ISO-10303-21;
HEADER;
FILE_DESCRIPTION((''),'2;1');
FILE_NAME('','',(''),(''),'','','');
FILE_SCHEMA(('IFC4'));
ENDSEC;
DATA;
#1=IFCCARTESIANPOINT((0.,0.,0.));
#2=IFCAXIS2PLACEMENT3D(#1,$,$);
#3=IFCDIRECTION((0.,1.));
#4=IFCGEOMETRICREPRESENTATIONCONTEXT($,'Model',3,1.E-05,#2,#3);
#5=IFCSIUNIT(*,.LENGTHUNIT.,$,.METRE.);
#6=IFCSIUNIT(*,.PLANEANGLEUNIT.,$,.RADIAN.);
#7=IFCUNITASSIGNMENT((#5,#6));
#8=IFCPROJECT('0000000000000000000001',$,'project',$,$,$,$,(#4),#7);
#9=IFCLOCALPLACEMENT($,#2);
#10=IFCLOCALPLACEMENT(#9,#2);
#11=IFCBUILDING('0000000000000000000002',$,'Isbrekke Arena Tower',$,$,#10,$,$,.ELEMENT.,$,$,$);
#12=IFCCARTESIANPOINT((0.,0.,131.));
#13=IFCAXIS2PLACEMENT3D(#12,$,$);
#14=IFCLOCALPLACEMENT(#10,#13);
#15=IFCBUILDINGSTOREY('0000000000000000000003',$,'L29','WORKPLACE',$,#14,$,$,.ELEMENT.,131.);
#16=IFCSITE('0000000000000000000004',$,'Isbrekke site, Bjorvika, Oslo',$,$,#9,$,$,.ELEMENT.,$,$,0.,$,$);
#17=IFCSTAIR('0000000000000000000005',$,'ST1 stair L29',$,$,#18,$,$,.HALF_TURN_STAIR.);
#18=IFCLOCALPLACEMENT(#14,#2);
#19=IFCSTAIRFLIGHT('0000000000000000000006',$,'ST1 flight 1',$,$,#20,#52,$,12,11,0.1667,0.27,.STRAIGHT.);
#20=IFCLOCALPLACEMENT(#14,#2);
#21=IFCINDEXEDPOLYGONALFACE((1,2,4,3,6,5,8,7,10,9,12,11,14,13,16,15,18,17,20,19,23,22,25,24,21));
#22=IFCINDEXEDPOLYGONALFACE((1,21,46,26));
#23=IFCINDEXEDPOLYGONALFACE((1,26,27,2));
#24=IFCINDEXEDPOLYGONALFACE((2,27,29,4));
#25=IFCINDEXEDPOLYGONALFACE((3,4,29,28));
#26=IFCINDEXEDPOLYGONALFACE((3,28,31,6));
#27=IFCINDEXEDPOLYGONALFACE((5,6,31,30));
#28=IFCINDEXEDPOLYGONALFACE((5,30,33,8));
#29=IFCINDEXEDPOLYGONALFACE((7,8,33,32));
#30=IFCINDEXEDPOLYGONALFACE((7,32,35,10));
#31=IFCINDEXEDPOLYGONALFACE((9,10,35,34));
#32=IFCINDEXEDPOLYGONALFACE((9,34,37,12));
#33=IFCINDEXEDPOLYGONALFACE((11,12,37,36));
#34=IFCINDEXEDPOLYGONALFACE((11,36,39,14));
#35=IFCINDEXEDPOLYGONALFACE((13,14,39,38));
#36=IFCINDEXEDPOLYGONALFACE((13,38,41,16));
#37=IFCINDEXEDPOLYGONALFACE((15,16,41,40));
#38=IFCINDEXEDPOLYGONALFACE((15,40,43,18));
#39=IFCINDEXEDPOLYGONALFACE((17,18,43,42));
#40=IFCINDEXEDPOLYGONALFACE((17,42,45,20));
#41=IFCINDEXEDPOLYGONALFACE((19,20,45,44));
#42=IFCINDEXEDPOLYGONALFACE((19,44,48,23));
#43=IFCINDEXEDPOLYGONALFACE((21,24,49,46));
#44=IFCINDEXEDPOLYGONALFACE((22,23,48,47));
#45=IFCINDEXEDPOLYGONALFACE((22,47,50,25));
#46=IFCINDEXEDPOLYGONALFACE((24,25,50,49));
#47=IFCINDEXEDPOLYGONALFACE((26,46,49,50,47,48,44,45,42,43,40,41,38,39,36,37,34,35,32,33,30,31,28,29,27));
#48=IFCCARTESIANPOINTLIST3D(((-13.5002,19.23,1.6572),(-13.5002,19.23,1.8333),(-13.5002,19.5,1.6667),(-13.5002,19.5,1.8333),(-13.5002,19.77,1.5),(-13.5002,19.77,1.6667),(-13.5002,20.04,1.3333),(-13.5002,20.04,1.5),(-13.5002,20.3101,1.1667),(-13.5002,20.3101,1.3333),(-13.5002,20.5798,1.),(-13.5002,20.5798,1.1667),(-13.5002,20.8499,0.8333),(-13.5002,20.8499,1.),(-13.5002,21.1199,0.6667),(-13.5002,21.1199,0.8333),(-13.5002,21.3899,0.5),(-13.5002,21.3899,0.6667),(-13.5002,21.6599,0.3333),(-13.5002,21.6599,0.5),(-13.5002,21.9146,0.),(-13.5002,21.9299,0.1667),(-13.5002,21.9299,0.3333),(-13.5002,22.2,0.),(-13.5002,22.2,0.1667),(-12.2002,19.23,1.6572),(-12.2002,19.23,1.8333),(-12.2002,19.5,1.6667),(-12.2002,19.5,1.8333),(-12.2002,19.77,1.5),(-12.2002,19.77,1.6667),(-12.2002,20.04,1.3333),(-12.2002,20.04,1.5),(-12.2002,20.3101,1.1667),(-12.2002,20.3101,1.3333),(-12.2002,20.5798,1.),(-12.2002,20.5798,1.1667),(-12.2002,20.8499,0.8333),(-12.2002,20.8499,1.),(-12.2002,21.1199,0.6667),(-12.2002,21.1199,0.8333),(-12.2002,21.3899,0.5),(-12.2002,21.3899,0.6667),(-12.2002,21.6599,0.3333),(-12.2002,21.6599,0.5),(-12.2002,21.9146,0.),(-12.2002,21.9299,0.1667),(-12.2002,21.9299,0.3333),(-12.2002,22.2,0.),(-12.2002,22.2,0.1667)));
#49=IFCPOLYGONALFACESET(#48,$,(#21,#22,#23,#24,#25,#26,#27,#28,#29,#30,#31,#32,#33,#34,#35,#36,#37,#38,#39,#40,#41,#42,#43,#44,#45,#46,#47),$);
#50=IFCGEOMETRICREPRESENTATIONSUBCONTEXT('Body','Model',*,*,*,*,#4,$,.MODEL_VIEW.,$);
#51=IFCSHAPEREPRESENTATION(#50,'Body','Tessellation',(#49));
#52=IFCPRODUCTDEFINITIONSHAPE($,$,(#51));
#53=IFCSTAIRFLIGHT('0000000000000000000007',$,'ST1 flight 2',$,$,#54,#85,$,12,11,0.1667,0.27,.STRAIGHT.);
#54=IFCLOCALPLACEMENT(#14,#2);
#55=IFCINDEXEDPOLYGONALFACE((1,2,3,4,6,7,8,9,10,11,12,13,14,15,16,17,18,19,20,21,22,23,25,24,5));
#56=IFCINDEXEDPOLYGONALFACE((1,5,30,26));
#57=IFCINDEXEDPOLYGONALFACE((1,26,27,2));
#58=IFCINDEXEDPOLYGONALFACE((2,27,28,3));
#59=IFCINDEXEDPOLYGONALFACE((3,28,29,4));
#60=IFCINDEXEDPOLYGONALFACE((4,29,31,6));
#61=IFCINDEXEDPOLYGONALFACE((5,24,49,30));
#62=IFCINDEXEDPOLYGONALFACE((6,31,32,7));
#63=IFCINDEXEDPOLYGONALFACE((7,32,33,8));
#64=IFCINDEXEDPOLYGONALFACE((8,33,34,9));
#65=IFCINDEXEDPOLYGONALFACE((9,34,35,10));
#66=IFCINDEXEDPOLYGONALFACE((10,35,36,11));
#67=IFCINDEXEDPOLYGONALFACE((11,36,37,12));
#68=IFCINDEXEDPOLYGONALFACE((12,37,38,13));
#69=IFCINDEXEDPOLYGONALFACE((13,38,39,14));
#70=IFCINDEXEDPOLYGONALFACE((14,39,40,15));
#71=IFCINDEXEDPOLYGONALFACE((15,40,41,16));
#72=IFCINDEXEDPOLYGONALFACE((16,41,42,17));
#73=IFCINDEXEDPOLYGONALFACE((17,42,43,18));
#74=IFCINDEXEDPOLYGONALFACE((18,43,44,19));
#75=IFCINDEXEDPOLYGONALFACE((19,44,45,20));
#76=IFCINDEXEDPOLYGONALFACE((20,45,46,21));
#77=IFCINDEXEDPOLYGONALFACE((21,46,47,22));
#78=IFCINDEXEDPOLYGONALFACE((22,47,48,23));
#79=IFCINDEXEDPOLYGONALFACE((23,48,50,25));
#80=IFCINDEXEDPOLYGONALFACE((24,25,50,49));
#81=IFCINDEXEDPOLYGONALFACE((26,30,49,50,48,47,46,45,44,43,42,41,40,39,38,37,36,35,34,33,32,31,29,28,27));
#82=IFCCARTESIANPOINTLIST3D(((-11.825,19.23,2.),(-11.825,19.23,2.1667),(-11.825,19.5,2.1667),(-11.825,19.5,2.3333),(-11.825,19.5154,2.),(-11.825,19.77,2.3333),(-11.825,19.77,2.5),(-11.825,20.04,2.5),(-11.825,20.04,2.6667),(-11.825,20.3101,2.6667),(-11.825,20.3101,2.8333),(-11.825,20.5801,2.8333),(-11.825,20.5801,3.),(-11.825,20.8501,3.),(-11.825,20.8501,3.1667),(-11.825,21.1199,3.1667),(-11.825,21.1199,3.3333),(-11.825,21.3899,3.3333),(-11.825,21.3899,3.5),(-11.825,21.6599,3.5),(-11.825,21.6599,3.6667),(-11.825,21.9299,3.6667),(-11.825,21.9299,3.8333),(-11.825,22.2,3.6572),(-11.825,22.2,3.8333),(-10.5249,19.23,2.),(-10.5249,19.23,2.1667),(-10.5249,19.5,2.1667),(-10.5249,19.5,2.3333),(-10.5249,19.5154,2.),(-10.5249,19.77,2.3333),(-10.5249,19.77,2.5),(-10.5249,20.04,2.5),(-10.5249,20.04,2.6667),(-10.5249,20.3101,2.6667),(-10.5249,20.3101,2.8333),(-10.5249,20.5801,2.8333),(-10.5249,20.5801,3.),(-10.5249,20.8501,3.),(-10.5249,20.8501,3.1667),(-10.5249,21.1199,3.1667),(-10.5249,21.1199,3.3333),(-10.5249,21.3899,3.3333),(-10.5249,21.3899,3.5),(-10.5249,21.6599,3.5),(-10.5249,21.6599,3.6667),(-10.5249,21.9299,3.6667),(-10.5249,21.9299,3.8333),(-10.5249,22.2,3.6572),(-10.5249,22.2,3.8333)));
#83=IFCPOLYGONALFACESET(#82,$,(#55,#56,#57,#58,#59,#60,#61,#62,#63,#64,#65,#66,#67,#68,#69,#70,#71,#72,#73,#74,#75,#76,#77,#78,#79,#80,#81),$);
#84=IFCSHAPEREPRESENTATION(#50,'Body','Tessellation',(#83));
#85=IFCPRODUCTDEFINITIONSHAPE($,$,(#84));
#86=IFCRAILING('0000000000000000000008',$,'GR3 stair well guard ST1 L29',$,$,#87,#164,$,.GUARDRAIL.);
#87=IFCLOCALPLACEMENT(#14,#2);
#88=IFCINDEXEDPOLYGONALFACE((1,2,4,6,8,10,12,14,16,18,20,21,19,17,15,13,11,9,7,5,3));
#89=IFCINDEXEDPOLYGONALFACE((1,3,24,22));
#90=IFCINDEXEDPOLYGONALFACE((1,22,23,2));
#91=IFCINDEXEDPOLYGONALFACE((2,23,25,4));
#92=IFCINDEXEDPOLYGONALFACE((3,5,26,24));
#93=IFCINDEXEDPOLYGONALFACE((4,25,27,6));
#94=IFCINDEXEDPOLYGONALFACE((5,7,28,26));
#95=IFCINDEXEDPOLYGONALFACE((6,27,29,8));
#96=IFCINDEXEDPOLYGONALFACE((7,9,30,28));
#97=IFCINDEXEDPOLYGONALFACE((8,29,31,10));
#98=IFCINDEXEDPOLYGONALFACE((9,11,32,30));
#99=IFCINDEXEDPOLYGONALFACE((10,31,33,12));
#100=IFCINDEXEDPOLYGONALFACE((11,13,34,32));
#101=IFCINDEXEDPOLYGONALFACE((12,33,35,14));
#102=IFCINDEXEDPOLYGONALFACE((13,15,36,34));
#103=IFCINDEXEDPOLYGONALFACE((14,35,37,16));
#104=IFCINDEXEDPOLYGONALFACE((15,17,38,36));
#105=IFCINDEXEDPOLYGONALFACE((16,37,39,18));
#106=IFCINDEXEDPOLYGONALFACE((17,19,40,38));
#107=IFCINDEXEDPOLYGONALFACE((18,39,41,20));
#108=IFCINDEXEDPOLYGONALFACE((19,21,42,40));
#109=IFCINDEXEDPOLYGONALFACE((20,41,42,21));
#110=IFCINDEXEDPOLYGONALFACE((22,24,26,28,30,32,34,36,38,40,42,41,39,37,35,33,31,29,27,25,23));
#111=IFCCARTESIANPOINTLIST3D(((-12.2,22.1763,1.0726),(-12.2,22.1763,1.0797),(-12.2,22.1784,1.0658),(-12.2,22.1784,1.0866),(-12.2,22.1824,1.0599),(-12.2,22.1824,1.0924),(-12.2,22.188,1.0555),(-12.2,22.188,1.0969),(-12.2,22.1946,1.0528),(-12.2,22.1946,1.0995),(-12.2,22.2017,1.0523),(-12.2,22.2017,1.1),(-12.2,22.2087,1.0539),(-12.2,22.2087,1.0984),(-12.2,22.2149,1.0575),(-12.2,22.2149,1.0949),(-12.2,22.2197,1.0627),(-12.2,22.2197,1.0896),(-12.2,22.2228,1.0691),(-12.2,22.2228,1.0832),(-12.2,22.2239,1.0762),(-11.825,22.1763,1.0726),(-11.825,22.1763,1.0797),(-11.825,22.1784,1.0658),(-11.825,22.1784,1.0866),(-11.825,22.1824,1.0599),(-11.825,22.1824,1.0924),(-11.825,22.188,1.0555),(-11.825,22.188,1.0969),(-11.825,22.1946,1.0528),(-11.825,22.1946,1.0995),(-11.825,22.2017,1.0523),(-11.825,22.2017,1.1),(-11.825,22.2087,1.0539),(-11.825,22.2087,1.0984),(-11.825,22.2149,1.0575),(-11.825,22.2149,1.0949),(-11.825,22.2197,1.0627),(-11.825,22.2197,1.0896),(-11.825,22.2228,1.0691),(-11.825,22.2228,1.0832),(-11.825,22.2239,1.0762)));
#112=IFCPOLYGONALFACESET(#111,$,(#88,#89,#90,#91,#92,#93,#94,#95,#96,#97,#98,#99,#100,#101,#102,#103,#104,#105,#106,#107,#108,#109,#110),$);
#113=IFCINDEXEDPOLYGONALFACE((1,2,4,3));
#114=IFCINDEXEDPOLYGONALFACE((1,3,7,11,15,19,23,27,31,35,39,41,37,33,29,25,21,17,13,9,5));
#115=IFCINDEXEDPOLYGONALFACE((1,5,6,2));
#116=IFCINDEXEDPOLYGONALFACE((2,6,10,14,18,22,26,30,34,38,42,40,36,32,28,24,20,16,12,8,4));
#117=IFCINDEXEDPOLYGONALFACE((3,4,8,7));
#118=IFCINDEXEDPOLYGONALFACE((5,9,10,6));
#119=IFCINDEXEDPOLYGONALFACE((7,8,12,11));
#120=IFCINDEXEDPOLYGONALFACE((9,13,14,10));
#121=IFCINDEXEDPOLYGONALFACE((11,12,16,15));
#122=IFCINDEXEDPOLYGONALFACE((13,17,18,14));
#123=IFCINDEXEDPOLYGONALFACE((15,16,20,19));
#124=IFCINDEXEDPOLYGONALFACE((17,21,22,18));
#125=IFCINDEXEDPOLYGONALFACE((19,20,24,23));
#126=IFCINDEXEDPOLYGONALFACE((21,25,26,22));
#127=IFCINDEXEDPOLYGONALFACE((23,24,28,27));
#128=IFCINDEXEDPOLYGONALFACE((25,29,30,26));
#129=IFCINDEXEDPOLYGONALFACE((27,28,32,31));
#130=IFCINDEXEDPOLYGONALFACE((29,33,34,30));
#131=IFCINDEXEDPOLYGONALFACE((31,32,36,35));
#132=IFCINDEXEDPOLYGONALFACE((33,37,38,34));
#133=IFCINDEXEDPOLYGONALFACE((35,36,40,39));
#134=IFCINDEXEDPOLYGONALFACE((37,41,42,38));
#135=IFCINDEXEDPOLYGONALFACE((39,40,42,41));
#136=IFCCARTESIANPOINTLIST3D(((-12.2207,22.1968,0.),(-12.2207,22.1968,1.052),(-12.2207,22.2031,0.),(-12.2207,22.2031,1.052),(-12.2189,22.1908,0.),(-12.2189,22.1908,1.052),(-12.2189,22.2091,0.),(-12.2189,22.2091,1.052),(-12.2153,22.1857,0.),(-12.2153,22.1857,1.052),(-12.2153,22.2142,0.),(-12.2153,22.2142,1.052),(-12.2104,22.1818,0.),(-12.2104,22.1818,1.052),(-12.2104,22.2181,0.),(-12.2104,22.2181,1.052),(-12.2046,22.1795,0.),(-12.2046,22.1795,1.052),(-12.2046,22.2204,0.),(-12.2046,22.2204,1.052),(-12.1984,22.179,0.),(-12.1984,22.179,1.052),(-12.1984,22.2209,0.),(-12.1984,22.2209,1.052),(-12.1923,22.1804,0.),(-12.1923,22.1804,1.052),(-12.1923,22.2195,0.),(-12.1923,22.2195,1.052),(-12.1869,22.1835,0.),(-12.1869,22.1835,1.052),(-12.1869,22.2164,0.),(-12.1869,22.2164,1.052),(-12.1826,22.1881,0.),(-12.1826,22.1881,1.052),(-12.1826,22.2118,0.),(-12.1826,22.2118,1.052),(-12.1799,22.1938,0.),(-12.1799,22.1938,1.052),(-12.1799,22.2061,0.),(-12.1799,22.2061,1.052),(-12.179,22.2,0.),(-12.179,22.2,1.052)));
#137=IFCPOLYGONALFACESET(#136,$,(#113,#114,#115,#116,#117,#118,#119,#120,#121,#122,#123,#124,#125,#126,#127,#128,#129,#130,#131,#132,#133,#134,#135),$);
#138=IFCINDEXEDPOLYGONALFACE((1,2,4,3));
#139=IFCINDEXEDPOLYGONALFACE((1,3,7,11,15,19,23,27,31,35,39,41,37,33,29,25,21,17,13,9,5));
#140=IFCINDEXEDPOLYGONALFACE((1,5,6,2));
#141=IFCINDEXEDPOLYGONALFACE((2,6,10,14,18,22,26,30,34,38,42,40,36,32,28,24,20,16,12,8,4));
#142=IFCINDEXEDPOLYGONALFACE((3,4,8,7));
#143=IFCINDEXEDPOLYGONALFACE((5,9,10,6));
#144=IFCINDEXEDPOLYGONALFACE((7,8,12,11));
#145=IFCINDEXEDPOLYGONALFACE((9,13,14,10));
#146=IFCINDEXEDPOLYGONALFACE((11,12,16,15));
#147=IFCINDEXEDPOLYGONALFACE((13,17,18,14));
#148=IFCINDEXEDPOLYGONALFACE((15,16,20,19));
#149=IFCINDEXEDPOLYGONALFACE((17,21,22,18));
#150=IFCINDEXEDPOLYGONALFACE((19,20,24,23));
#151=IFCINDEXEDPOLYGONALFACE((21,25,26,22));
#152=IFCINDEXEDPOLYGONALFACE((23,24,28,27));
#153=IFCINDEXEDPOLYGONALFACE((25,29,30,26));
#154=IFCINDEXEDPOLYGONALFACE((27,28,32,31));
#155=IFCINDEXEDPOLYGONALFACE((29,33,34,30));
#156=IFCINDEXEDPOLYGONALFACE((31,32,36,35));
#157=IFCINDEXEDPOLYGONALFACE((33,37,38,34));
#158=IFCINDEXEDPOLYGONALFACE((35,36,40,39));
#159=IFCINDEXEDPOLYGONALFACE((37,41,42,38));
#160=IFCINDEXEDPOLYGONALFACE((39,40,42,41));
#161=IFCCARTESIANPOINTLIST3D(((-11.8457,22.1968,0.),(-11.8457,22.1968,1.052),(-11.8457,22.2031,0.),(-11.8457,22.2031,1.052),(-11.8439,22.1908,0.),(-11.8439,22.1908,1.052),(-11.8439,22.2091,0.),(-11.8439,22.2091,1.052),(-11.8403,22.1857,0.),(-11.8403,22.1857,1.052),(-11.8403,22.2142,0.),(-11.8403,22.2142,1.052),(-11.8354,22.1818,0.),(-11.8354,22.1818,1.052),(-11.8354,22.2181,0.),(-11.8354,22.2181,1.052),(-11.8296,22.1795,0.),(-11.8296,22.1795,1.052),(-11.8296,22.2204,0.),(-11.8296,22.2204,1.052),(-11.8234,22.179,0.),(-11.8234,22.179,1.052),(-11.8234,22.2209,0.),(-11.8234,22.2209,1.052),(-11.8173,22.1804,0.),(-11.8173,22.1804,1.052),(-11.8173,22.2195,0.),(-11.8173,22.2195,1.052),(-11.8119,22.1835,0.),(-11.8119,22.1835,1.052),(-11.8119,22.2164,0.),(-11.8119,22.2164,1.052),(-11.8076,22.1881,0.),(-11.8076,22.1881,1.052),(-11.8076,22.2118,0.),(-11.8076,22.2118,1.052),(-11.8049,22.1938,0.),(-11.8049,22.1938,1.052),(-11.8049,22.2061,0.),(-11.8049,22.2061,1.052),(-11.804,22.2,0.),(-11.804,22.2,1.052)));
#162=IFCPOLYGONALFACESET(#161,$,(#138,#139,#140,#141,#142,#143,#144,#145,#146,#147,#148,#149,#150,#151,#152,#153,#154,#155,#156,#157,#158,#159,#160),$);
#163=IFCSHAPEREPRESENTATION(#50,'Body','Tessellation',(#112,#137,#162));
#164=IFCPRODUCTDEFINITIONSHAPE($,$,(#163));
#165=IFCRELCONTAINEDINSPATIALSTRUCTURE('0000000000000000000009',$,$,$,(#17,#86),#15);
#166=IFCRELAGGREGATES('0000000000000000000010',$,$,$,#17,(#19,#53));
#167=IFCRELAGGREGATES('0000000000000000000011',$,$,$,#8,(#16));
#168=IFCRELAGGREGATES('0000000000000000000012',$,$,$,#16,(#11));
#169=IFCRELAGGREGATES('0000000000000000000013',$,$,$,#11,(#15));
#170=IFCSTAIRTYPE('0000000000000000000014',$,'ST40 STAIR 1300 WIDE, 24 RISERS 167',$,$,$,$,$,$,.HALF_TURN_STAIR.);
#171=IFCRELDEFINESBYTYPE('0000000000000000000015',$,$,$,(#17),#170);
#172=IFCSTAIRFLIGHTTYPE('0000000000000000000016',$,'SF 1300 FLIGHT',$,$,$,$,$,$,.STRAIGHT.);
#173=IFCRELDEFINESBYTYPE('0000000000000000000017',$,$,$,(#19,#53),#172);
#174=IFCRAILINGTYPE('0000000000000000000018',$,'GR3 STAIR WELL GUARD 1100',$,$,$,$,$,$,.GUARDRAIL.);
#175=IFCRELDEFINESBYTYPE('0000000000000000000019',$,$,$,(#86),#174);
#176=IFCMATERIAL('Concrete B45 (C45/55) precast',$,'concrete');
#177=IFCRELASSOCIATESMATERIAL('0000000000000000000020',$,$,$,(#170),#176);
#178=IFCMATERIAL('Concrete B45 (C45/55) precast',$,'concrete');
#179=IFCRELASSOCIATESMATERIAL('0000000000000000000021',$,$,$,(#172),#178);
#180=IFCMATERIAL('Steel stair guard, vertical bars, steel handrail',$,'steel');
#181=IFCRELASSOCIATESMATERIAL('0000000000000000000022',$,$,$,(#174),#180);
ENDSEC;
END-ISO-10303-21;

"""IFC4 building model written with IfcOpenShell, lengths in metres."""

from ifc_helpers import new_model, si_unit, direction, frame, origin, origin_2d, place, context, subcontext, project, spatial, polyline, circle, outline, extrude, material, type_object, element, aggregate, save


model = new_model("IFC4")

# Units and contexts
model_context = context("Model", 3, precision=1e-05, world=origin(), true_north=direction((0.0, 1.0)))
body_context = subcontext(model_context, "Body", "Model", "MODEL_VIEW")
ifc_project = project(units=[si_unit("LENGTHUNIT", "METRE"), si_unit("PLANEANGLEUNIT", "RADIAN")], contexts=[model_context])

# Site, building, storey
site_placement = place(None, origin())
site = spatial("IfcSite", under=ifc_project, at=site_placement, Name="Isbrekke site, Bjorvika, Oslo", CompositionType="ELEMENT", RefElevation=0.0)
building_placement = place(site_placement, origin())
building = spatial("IfcBuilding", under=site, at=building_placement, Name="Isbrekke Arena Tower", CompositionType="ELEMENT")
storey_placement = place(building_placement, frame((0.0, 0.0, 131.0)))
storey = spatial("IfcBuildingStorey", under=building, at=storey_placement, Name="L29", Description="WORKPLACE", CompositionType="ELEMENT", Elevation=131.0)

# Stair, stair flights
ifc_material_1 = material(Name="Concrete B45 (C45/55) precast", Category="concrete")
stair_type = type_object("IfcStairType", Name="ST40 STAIR 1300 WIDE, 24 RISERS 167", PredefinedType="HALF_TURN_STAIR", material=ifc_material_1)
stair_placement = place(storey_placement, origin())
stair = element("IfcStair", 1, at=stair_placement, inside=storey, type_object=stair_type, Name="ST1 stair L29", PredefinedType="HALF_TURN_STAIR")
ifc_material_2 = material(Name="Concrete B45 (C45/55) precast", Category="concrete")
stair_flight_type = type_object("IfcStairFlightType", Name="SF 1300 FLIGHT", PredefinedType="STRAIGHT", material=ifc_material_2)
stair_flight_1_placement = place(storey_placement, frame((-12.8501, 22.2, 0.0), z_axis=(0.0, 0.0, 1.0), x_axis=(0.0, -1.0, 0.0)))
stair_flight_1 = element("IfcStairFlight", 2, at=stair_flight_1_placement, type_object=stair_flight_type, Name="ST1 flight 1", NumberOfRisers=12, NumberOfTreads=11, PredefinedType="STRAIGHT", RiserHeight=0.1667, TreadLength=0.27, context=body_context, shape_type="SweptSolid", body=[
    extrude(outline(polyline([(0.0, 0.0), (0.0, 0.1667), (0.27, 0.1667), (0.27, 0.3333), (0.54, 0.3333), (0.54, 0.5), (0.8101, 0.5), (0.8101, 0.6667), (1.0801, 0.6667), (1.0801, 0.8333), (1.3501, 0.8333), (1.3501, 1.0), (1.6201, 1.0), (1.6201, 1.1667), (1.8899, 1.1667), (1.8899, 1.3333), (2.1599, 1.3333), (2.1599, 1.5), (2.4299, 1.5), (2.4299, 1.6667), (2.7, 1.6667), (2.7, 1.8333), (2.97, 1.8333), (2.97, 2.0), (2.97, 1.6572), (0.2854, 0.0), (0.0, 0.0)])), frame((0.0, 0.6499, 0.0), z_axis=(0.0, -1.0, 0.0), x_axis=(1.0, 0.0, 0.0)), (0.0, 0.0, 1.0), 1.3),
])
stair_flight_2_placement = place(storey_placement, frame((-11.175, 19.23, 2.0), z_axis=(0.0, 0.0, 1.0), x_axis=(0.0, 1.0, 0.0)))
stair_flight_2 = element("IfcStairFlight", 3, at=stair_flight_2_placement, type_object=stair_flight_type, Name="ST1 flight 2", NumberOfRisers=12, NumberOfTreads=11, PredefinedType="STRAIGHT", RiserHeight=0.1667, TreadLength=0.27, context=body_context, shape_type="SweptSolid", body=[
    extrude(outline(polyline([(0.0, 0.0), (0.0, 0.1667), (0.27, 0.1667), (0.27, 0.3333), (0.54, 0.3333), (0.54, 0.5), (0.8101, 0.5), (0.8101, 0.6667), (1.0801, 0.6667), (1.0801, 0.8333), (1.3501, 0.8333), (1.3501, 1.0), (1.6201, 1.0), (1.6201, 1.1667), (1.8899, 1.1667), (1.8899, 1.3333), (2.1599, 1.3333), (2.1599, 1.5), (2.4299, 1.5), (2.4299, 1.6667), (2.7, 1.6667), (2.7, 1.8333), (2.97, 1.8333), (2.97, 2.0), (2.97, 1.6572), (0.2854, 0.0), (0.0, 0.0)])), frame((0.0, 0.6499, 0.0), z_axis=(0.0, -1.0, 0.0), x_axis=(1.0, 0.0, 0.0)), (0.0, 0.0, 1.0), 1.3),
])
aggregate(stair, [stair_flight_1, stair_flight_2])

# Railing
ifc_material_3 = material(Name="Steel stair guard, vertical bars, steel handrail", Category="steel")
railing_type = type_object("IfcRailingType", Name="GR3 STAIR WELL GUARD 1100", PredefinedType="GUARDRAIL", material=ifc_material_3)
for number, where, name in (
    (4, (-12.2, 22.2, 0.0), "GR3 stair well guard ST1 L29"),
):
    element("IfcRailing", number, at=place(storey_placement, frame(where)), inside=storey, type_object=railing_type, Name=name, PredefinedType="GUARDRAIL", context=body_context, shape_type="SweptSolid", body=[
        extrude(circle(Radius=0.0239, at=origin_2d()), frame((0.0, 0.0, 1.0762), z_axis=(1.0, 0.0, 0.0), x_axis=(0.0, 1.0, 0.0)), (0.0, 0.0, 1.0), 0.375),
        extrude(circle(Radius=0.021, at=origin_2d()), origin(), (0.0, 0.0, 1.0), 1.052),
        extrude(circle(Radius=0.021, at=origin_2d()), frame((0.375, 0.0, 0.0)), (0.0, 0.0, 1.0), 1.052),
    ])

save(model, "model.ifc")
